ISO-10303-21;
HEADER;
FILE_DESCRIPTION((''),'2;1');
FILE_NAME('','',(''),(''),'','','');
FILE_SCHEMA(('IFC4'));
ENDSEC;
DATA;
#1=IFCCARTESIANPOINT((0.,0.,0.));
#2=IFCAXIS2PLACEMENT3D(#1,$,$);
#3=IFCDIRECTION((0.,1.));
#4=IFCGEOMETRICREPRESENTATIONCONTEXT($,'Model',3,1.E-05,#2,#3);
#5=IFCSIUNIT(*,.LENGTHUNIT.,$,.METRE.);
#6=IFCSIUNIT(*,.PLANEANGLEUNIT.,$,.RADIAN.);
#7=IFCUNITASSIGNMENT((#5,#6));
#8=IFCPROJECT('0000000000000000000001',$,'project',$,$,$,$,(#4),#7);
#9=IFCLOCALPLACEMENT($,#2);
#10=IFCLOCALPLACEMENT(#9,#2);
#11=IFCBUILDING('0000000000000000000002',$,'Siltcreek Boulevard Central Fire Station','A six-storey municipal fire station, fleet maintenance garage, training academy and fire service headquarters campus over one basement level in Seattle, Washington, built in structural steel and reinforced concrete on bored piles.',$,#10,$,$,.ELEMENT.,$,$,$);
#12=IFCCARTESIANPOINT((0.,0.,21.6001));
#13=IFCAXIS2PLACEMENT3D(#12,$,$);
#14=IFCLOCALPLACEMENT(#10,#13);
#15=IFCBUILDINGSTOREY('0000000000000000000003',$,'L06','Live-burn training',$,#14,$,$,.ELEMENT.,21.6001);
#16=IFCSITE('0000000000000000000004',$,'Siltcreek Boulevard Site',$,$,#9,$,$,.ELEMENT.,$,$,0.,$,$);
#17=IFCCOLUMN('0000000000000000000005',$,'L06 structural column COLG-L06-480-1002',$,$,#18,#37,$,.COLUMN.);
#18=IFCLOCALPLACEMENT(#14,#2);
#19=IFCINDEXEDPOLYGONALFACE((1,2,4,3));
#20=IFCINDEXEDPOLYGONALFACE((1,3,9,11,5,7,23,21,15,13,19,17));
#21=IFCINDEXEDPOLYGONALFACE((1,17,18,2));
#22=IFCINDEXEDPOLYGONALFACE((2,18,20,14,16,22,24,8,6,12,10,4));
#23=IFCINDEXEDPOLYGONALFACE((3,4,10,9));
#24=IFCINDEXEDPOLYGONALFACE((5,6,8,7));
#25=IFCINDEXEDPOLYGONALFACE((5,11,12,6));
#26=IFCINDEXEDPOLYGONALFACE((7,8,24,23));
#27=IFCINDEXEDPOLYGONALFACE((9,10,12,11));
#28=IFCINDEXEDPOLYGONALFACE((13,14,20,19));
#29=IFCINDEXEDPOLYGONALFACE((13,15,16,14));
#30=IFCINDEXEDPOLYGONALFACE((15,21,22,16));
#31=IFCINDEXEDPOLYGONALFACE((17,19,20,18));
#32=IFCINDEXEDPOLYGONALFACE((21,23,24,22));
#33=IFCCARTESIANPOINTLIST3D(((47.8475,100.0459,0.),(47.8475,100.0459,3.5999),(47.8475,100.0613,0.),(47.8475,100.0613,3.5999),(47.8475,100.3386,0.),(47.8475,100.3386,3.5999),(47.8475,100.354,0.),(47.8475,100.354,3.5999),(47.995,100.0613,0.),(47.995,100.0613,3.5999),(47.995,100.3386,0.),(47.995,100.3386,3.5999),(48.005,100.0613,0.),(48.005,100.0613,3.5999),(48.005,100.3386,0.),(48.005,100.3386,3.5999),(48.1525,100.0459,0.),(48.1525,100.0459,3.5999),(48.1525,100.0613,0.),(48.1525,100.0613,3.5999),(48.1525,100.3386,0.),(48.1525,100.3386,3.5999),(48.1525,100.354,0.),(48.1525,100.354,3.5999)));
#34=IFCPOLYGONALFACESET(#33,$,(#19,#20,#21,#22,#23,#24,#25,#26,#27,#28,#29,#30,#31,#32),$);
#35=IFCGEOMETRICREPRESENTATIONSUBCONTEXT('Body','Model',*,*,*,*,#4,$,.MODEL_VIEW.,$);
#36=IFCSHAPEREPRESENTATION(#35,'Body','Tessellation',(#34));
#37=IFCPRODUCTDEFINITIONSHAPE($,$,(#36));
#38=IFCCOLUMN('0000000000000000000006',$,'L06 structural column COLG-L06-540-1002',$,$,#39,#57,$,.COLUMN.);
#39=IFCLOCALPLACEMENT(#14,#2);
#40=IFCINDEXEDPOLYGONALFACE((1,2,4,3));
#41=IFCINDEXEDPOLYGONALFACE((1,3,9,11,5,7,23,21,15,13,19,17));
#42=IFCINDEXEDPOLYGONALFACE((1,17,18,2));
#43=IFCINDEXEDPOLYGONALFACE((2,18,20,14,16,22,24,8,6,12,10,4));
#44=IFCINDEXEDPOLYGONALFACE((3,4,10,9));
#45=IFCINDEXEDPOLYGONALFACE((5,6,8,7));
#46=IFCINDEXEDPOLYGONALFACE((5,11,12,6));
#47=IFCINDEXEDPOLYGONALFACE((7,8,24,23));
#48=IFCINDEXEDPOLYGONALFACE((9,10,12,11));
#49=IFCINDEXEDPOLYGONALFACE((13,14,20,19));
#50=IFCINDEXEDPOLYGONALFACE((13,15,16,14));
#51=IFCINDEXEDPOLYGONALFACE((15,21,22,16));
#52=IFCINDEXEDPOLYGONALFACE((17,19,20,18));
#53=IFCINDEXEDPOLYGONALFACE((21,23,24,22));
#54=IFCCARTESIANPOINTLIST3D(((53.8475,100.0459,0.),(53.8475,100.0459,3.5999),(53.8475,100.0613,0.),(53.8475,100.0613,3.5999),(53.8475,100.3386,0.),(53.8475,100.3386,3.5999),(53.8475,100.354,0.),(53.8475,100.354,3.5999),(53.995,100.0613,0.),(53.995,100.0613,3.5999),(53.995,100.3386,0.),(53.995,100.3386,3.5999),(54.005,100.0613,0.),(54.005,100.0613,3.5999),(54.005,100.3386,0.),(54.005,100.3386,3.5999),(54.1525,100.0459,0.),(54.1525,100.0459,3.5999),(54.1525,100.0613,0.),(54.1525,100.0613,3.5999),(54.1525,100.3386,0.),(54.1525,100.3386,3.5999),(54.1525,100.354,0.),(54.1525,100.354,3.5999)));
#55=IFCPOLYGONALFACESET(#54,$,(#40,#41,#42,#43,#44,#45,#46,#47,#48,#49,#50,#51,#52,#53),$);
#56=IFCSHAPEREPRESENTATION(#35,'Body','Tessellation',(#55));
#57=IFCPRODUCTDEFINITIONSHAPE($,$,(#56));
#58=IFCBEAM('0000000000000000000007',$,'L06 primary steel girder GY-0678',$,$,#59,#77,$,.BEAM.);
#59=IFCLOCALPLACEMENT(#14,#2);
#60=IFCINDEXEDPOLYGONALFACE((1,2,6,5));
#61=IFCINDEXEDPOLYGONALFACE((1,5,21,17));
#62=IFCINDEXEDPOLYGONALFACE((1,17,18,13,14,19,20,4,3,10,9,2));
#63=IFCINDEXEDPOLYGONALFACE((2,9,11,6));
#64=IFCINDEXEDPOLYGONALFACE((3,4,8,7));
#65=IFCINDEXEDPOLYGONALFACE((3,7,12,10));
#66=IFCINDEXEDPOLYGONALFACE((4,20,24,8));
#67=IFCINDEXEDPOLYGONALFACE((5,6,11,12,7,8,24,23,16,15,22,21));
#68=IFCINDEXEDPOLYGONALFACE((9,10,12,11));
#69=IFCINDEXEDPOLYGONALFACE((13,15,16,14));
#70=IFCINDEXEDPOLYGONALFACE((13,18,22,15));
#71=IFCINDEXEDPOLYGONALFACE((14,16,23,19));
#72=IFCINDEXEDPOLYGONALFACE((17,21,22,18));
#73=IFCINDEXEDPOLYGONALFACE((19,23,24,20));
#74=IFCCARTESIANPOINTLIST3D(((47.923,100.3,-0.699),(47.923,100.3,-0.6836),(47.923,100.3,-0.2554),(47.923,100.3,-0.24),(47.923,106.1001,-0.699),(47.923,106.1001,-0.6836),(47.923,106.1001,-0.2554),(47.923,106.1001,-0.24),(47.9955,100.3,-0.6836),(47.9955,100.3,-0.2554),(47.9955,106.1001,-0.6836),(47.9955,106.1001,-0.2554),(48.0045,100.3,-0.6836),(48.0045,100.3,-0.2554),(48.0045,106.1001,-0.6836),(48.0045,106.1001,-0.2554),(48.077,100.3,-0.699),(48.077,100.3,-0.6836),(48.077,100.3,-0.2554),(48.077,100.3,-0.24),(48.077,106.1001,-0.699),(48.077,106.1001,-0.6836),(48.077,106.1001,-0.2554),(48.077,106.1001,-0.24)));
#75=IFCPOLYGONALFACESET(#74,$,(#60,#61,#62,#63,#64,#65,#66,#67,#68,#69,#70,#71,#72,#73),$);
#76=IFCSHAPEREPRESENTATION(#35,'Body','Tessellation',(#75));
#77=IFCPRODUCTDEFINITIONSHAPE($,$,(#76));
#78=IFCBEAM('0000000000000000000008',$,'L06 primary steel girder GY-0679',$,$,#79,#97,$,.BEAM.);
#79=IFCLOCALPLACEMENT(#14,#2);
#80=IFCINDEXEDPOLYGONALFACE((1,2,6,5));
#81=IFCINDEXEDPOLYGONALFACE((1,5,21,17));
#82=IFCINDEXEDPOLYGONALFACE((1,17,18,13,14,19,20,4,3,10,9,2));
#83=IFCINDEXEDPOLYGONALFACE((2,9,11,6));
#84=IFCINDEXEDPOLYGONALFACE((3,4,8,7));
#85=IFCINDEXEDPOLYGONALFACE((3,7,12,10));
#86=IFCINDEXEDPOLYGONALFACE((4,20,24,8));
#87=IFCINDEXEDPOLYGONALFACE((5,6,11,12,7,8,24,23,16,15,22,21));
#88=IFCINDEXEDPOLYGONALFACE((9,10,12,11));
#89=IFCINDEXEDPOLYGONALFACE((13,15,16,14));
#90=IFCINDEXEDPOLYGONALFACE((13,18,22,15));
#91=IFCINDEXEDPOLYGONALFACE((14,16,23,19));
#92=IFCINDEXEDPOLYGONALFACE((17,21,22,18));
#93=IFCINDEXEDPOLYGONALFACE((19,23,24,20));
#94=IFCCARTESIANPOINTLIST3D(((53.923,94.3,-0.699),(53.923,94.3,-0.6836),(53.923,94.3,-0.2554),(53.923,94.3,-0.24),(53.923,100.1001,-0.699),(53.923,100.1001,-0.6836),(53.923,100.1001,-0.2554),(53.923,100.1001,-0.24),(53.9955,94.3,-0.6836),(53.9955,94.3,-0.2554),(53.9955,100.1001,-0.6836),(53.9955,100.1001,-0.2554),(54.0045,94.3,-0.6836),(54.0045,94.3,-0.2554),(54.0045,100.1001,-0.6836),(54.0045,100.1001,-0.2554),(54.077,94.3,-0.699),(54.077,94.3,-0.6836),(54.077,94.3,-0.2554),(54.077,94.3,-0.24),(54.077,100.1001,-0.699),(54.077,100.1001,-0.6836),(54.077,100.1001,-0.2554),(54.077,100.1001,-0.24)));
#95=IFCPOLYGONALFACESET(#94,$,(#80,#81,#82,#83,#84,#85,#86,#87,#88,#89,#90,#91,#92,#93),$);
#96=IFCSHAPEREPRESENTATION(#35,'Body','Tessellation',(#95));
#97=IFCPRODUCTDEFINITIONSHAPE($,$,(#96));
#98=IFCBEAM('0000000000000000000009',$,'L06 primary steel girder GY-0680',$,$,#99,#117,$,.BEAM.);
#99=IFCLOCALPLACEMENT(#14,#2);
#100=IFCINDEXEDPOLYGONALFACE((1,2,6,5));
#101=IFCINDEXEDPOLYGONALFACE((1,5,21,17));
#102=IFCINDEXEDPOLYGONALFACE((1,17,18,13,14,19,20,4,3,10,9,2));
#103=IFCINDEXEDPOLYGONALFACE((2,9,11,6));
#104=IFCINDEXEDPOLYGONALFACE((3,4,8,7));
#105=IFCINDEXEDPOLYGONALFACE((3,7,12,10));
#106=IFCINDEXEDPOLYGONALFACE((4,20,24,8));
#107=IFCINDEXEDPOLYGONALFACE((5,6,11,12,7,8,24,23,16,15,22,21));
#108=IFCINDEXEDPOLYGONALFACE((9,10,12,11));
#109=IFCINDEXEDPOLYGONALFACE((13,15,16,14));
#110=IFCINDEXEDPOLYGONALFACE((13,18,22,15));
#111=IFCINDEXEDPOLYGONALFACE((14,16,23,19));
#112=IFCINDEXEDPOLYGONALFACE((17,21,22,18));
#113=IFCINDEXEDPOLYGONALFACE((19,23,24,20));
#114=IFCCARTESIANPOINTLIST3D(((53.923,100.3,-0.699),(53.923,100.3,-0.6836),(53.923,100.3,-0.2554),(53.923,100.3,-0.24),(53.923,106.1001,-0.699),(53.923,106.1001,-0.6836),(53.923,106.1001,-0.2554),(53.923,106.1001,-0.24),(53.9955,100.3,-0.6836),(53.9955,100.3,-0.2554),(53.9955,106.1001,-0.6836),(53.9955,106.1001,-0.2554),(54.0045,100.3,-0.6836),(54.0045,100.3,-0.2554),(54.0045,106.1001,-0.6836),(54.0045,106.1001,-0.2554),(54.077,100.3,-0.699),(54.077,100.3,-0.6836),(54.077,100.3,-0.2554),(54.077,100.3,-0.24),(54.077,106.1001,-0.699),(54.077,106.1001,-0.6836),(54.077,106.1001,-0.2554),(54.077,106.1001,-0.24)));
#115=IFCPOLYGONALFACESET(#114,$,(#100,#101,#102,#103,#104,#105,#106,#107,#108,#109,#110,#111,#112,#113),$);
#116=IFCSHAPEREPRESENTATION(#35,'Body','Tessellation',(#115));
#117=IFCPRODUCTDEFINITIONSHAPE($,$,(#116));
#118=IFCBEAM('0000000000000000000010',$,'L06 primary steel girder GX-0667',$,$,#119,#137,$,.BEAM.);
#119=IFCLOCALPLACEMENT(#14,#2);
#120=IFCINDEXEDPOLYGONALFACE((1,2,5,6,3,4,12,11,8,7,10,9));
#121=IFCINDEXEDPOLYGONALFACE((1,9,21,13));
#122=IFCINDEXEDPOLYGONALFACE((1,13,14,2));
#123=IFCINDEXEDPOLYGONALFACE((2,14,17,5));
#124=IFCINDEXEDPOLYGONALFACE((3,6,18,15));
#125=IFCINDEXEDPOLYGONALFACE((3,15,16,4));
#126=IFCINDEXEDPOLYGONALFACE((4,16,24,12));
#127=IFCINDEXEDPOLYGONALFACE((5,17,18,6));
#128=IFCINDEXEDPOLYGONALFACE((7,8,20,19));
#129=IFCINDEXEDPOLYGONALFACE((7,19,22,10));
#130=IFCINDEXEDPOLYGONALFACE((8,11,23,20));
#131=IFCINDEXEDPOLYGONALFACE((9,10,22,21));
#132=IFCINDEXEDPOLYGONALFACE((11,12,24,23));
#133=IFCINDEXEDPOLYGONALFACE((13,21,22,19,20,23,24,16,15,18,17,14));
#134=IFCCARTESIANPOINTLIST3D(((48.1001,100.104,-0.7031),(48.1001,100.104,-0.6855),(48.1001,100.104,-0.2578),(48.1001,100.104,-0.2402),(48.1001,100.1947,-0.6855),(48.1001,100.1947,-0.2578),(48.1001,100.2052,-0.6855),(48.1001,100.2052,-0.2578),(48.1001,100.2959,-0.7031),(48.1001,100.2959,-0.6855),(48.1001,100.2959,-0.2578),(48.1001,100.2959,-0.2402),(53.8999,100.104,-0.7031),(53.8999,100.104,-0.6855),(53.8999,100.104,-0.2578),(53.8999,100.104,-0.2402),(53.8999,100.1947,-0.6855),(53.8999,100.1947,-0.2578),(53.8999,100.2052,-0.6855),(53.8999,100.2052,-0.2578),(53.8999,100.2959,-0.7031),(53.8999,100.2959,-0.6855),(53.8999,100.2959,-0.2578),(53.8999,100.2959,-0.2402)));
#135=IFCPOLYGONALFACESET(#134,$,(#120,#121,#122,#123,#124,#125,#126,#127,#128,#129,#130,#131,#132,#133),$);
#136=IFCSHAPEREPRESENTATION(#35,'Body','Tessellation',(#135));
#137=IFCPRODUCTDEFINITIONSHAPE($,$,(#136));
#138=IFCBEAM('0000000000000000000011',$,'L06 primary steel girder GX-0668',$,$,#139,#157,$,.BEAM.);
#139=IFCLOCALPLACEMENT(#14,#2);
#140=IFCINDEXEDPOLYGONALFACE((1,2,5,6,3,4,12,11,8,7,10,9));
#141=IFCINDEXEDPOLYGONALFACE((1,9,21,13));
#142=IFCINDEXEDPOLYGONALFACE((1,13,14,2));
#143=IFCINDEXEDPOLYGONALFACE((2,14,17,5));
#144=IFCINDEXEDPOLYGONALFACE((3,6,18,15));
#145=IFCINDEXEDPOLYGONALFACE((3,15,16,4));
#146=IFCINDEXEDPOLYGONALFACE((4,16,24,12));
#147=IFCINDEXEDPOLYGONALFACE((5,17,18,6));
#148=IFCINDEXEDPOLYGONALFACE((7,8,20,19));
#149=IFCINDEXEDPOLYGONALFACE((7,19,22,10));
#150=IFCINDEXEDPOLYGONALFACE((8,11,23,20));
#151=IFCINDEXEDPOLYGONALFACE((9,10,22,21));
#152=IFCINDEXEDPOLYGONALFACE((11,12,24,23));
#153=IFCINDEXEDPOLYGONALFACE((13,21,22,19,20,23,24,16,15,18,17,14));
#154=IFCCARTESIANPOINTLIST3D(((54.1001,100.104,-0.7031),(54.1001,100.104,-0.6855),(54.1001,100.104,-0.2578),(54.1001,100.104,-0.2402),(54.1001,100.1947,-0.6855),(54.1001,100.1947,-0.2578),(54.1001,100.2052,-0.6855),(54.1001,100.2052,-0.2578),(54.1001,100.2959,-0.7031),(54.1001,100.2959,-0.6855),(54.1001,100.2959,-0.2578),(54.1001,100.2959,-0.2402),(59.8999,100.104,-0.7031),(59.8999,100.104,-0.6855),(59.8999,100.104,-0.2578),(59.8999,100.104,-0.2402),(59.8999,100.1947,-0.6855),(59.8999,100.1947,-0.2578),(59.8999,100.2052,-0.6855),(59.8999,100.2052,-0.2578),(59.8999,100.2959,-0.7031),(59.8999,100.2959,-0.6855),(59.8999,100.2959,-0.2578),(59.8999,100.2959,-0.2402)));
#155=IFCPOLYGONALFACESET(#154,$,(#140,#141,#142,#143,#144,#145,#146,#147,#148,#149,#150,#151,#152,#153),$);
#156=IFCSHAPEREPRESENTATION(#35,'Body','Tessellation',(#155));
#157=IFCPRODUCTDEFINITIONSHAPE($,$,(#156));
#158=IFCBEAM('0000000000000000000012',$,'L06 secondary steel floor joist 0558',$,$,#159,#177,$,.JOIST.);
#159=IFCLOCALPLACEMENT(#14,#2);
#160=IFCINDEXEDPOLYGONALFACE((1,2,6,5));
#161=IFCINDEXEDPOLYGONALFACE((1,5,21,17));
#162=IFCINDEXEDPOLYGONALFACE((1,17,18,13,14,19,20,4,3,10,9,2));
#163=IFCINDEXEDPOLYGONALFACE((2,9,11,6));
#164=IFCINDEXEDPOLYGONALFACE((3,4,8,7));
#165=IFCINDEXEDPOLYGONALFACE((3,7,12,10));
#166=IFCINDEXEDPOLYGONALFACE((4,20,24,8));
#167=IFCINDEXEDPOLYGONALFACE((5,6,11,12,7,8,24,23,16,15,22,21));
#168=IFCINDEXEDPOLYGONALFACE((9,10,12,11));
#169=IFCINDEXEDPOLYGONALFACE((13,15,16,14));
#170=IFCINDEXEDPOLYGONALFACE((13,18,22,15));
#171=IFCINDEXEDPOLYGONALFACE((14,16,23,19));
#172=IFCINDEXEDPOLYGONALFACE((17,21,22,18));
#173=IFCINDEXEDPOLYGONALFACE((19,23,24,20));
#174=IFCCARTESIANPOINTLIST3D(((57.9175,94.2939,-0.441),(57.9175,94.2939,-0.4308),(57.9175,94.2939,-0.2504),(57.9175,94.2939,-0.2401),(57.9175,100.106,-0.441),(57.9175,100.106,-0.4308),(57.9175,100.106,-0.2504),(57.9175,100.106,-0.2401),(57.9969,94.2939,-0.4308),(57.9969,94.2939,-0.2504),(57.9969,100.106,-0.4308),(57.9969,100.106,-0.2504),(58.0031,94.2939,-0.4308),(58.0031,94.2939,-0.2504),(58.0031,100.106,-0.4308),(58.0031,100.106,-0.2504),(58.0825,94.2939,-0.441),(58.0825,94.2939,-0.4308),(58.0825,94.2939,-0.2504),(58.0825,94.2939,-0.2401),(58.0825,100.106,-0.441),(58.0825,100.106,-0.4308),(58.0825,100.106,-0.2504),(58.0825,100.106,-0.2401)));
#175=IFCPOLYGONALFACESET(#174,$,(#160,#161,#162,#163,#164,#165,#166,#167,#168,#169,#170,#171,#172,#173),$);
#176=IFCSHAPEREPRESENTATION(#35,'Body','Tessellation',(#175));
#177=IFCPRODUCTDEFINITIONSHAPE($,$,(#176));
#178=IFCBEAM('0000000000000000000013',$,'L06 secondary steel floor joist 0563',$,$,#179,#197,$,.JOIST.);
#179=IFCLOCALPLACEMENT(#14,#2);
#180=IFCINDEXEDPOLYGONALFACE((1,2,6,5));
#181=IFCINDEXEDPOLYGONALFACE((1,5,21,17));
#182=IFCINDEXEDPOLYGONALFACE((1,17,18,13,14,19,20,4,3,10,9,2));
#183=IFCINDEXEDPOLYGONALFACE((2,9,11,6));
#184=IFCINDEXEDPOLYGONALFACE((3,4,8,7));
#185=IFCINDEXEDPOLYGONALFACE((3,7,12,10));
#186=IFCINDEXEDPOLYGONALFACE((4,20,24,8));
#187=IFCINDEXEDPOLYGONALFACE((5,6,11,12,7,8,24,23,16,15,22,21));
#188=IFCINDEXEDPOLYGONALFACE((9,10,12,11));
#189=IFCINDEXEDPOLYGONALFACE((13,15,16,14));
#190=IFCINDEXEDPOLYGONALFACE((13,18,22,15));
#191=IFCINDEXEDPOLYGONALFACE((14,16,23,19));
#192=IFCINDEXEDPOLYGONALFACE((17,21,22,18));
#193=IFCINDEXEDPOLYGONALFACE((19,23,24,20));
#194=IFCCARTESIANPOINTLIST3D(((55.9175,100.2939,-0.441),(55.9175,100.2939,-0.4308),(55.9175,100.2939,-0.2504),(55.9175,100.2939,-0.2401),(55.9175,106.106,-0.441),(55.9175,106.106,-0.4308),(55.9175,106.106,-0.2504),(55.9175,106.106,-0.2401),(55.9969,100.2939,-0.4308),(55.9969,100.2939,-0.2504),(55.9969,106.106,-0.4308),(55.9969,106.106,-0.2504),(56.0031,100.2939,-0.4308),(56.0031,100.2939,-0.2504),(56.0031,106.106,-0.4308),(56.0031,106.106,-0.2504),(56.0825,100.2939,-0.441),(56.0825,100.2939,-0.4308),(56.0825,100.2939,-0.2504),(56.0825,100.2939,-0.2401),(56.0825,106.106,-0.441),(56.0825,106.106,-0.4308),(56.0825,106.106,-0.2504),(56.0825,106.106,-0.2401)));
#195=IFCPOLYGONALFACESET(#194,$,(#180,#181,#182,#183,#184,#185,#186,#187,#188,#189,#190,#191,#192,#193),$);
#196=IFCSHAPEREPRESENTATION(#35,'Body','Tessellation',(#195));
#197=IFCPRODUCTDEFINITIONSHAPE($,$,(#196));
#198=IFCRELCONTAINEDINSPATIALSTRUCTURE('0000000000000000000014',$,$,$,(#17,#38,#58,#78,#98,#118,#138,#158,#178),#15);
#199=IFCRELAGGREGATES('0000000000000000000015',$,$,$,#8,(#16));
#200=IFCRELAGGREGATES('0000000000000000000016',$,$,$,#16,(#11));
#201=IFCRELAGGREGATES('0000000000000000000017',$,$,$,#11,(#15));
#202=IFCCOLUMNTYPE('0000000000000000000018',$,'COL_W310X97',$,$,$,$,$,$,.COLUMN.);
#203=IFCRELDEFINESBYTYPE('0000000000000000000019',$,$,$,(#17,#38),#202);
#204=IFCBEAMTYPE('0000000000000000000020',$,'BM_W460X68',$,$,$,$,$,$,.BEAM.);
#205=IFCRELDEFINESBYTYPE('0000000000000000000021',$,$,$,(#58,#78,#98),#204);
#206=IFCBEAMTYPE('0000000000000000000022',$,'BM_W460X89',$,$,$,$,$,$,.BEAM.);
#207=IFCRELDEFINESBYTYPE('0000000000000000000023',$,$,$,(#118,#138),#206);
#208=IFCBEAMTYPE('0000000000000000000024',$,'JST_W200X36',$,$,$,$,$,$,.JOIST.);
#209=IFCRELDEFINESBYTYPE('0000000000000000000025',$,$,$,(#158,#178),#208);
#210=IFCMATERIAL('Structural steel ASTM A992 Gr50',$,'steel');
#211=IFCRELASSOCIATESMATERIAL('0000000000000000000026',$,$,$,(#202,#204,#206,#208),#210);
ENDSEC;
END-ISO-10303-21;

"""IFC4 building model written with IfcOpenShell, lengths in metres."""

from ifc_helpers import new_model, si_unit, direction, frame, origin, origin_2d, place, context, subcontext, project, spatial, i_section, extrude, material, material_profile, profile_set, type_object, element, save


model = new_model("IFC4")

# Units and contexts
model_context = context("Model", 3, precision=1e-05, world=origin(), true_north=direction((0.0, 1.0)))
body_context = subcontext(model_context, "Body", "Model", "MODEL_VIEW")
ifc_project = project(units=[si_unit("LENGTHUNIT", "METRE"), si_unit("PLANEANGLEUNIT", "RADIAN")], contexts=[model_context])

# Site, building, storey
site_placement = place(None, origin())
site = spatial("IfcSite", under=ifc_project, at=site_placement, Name="Siltcreek Boulevard Site", CompositionType="ELEMENT", RefElevation=0.0)
building_placement = place(site_placement, origin())
building = spatial("IfcBuilding", under=site, at=building_placement, Name="Siltcreek Boulevard Central Fire Station", Description="A six-storey municipal fire station, fleet maintenance garage, training academy and fire service headquarters campus over one basement level in Seattle, Washington, built in structural steel and reinforced concrete on bored piles.", CompositionType="ELEMENT")
storey_placement = place(building_placement, frame((0.0, 0.0, 21.6001)))
storey = spatial("IfcBuildingStorey", under=building, at=storey_placement, Name="L06", Description="Live-burn training", CompositionType="ELEMENT", Elevation=21.6001)

# Columns
ifc_material_1 = material(Name="Structural steel ASTM A992 Gr50", Category="steel")
ifc_material_profile_1 = material_profile(ifc_material_1, i_section(OverallWidth=0.3049, OverallDepth=0.3081, WebThickness=0.01, FlangeThickness=0.0154, at=origin_2d()), Name="W310X97")
ifc_profile_set_1 = profile_set([ifc_material_profile_1], Name="Structural steel ASTM A992 Gr50")
column_type = type_object("IfcColumnType", Name="COL_W310X97", PredefinedType="COLUMN", material=ifc_profile_set_1)
for number, where, z_axis, x_axis, name in (
    (1, (48.0, 100.2, 0.0), (0.0, 0.0, 1.0), (1.0, 0.0, 0.0), "L06 structural column COLG-L06-480-1002"),
    (2, (54.0, 100.2, 0.0), (0.0, 0.0, 1.0), (1.0, 0.0, 0.0), "L06 structural column COLG-L06-540-1002"),
):
    element("IfcColumn", number, at=place(storey_placement, frame(where, z_axis=z_axis, x_axis=x_axis)), inside=storey, type_object=column_type, Name=name, PredefinedType="COLUMN", context=body_context, shape_type="SweptSolid", body=[
        extrude(i_section(OverallWidth=0.3049, OverallDepth=0.3081, WebThickness=0.01, FlangeThickness=0.0154, at=origin_2d()), origin(), (0.0, 0.0, 1.0), 3.5999),
    ])

# Beams
ifc_material_profile_2 = material_profile(ifc_material_1, i_section(OverallWidth=0.1541, OverallDepth=0.459, WebThickness=0.009, FlangeThickness=0.0154, at=origin_2d()), Name="W460X68")
ifc_profile_set_2 = profile_set([ifc_material_profile_2], Name="Structural steel ASTM A992 Gr50")
beam_type_1 = type_object("IfcBeamType", Name="BM_W460X68", PredefinedType="BEAM", material=ifc_profile_set_2)
for number, where, z_axis, x_axis, name in (
    (3, (48.0, 100.3, -0.4695), (0.0, 1.0, 0.0), (-1.0, 0.0, 0.0), "L06 primary steel girder GY-0678"),
    (4, (54.0, 94.3, -0.4695), (0.0, 1.0, 0.0), (-1.0, 0.0, 0.0), "L06 primary steel girder GY-0679"),
    (5, (54.0, 100.3, -0.4695), (0.0, 1.0, 0.0), (-1.0, 0.0, 0.0), "L06 primary steel girder GY-0680"),
):
    element("IfcBeam", number, at=place(storey_placement, frame(where, z_axis=z_axis, x_axis=x_axis)), inside=storey, type_object=beam_type_1, Name=name, PredefinedType="BEAM", context=body_context, shape_type="SweptSolid", body=[
        extrude(i_section(OverallWidth=0.1541, OverallDepth=0.459, WebThickness=0.009, FlangeThickness=0.0154, at=origin_2d()), origin(), (0.0, 0.0, 1.0), 5.8),
    ])
ifc_material_profile_3 = material_profile(ifc_material_1, i_section(OverallWidth=0.1919, OverallDepth=0.4629, WebThickness=0.0105, FlangeThickness=0.0176, at=origin_2d()), Name="W460X89")
ifc_profile_set_3 = profile_set([ifc_material_profile_3], Name="Structural steel ASTM A992 Gr50")
beam_type_2 = type_object("IfcBeamType", Name="BM_W460X89", PredefinedType="BEAM", material=ifc_profile_set_3)
for number, where, z_axis, x_axis, name in (
    (6, (48.1001, 100.2, -0.4717), (1.0, 0.0, 0.0), (0.0, 1.0, 0.0), "L06 primary steel girder GX-0667"),
    (7, (54.1001, 100.2, -0.4717), (1.0, 0.0, 0.0), (0.0, 1.0, 0.0), "L06 primary steel girder GX-0668"),
):
    element("IfcBeam", number, at=place(storey_placement, frame(where, z_axis=z_axis, x_axis=x_axis)), inside=storey, type_object=beam_type_2, Name=name, PredefinedType="BEAM", context=body_context, shape_type="SweptSolid", body=[
        extrude(i_section(OverallWidth=0.1919, OverallDepth=0.4629, WebThickness=0.0105, FlangeThickness=0.0176, at=origin_2d()), origin(), (0.0, 0.0, 1.0), 5.7998),
    ])
ifc_material_profile_4 = material_profile(ifc_material_1, i_section(OverallWidth=0.165, OverallDepth=0.2009, WebThickness=0.0061, FlangeThickness=0.0103, at=origin_2d()), Name="W200X36")
ifc_profile_set_4 = profile_set([ifc_material_profile_4], Name="Structural steel ASTM A992 Gr50")
beam_type_3 = type_object("IfcBeamType", Name="JST_W200X36", PredefinedType="JOIST", material=ifc_profile_set_4)
for number, where, z_axis, x_axis, name in (
    (8, (58.0, 94.2939, -0.3406), (0.0, 1.0, 0.0), (-1.0, 0.0, 0.0), "L06 secondary steel floor joist 0558"),
    (9, (56.0, 100.2939, -0.3406), (0.0, 1.0, 0.0), (-1.0, 0.0, 0.0), "L06 secondary steel floor joist 0563"),
):
    element("IfcBeam", number, at=place(storey_placement, frame(where, z_axis=z_axis, x_axis=x_axis)), inside=storey, type_object=beam_type_3, Name=name, PredefinedType="JOIST", context=body_context, shape_type="SweptSolid", body=[
        extrude(i_section(OverallWidth=0.165, OverallDepth=0.2009, WebThickness=0.0061, FlangeThickness=0.0103, at=origin_2d()), origin(), (0.0, 0.0, 1.0), 5.812),
    ])

save(model, "model.ifc")
